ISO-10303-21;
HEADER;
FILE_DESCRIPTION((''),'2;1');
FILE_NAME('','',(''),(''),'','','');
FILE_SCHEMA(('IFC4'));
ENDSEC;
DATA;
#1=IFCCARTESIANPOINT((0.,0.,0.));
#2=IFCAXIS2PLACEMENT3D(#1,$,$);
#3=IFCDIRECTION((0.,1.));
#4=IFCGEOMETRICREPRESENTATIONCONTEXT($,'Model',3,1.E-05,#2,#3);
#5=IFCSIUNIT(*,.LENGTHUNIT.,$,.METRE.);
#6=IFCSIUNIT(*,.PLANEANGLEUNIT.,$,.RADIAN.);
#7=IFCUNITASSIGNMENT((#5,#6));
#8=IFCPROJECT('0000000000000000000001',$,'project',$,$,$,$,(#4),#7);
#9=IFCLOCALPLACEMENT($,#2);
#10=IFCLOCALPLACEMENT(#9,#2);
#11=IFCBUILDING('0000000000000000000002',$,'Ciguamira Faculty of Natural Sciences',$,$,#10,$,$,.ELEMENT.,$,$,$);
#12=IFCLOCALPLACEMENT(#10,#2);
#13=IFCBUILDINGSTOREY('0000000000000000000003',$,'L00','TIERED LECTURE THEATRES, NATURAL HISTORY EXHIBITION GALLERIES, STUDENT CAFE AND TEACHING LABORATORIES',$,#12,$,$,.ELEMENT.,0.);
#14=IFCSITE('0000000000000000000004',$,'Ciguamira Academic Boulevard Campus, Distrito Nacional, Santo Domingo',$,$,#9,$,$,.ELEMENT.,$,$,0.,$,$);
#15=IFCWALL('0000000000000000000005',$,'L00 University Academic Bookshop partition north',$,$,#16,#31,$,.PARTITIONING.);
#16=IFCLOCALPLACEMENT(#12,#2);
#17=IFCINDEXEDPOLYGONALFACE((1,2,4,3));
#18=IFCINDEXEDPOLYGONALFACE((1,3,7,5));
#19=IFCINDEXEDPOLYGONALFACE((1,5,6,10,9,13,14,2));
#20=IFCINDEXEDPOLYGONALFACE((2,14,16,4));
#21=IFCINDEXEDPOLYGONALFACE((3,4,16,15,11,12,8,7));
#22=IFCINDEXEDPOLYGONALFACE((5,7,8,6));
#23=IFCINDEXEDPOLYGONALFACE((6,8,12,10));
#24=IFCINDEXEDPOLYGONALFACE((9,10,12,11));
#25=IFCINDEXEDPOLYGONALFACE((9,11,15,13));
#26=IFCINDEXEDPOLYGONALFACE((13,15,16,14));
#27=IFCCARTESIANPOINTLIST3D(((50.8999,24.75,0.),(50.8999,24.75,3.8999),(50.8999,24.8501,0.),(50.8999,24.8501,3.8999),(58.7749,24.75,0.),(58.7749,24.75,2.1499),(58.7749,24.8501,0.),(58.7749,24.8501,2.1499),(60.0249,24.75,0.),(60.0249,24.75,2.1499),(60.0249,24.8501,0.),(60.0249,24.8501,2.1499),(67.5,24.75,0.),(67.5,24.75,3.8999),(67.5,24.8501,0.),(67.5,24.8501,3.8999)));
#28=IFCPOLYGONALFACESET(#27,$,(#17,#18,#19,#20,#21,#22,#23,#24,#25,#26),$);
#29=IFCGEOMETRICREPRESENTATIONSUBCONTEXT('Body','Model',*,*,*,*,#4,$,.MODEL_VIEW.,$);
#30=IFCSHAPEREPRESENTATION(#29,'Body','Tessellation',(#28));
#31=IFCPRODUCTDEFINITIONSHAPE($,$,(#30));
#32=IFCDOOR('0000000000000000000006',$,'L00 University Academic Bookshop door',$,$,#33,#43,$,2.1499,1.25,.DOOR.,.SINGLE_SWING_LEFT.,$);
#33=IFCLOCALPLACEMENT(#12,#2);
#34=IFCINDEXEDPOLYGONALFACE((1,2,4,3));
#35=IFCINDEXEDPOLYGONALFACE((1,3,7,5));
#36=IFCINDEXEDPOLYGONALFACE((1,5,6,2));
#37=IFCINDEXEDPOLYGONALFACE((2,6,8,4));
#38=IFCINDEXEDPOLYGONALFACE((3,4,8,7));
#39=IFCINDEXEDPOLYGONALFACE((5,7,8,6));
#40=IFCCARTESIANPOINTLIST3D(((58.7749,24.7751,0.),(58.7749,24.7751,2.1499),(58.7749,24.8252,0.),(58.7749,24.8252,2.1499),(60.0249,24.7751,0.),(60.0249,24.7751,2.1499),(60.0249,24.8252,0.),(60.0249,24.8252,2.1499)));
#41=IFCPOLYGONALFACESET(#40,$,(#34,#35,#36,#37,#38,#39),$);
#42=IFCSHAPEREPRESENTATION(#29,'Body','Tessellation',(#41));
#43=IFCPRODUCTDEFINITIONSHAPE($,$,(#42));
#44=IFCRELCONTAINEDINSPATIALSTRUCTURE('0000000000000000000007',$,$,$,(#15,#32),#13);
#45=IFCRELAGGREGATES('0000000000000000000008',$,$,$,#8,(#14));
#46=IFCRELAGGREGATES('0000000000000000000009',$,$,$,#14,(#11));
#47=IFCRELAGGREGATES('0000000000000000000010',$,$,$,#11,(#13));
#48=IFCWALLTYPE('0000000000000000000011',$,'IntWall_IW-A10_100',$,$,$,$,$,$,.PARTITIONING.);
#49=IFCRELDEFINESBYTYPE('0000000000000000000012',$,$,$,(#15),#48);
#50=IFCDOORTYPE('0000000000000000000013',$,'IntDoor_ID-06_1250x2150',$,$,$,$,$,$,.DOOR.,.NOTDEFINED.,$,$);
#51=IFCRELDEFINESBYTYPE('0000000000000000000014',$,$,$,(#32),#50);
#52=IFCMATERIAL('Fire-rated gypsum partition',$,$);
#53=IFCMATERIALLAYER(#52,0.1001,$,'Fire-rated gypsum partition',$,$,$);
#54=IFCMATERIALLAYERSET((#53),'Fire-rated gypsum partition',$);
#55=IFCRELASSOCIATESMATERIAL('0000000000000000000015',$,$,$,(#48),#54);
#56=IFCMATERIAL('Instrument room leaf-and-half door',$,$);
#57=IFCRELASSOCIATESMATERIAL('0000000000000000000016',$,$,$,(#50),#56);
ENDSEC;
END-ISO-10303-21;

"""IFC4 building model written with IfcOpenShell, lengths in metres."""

from ifc_helpers import new_model, si_unit, direction, frame, frame_2d, origin, place, context, subcontext, project, spatial, rectangle, extrude, material, layer, layer_set, type_object, element, fill, save


model = new_model("IFC4")

# Units and contexts
model_context = context("Model", 3, precision=1e-05, world=origin(), true_north=direction((0.0, 1.0)))
body_context = subcontext(model_context, "Body", "Model", "MODEL_VIEW")
ifc_project = project(units=[si_unit("LENGTHUNIT", "METRE"), si_unit("PLANEANGLEUNIT", "RADIAN")], contexts=[model_context])

# Site, building, storey
site_placement = place(None, origin())
site = spatial("IfcSite", under=ifc_project, at=site_placement, Name="Ciguamira Academic Boulevard Campus, Distrito Nacional, Santo Domingo", CompositionType="ELEMENT", RefElevation=0.0)
building_placement = place(site_placement, origin())
building = spatial("IfcBuilding", under=site, at=building_placement, Name="Ciguamira Faculty of Natural Sciences", CompositionType="ELEMENT")
storey_placement = place(building_placement, origin())
storey = spatial("IfcBuildingStorey", under=building, at=storey_placement, Name="L00", Description="TIERED LECTURE THEATRES, NATURAL HISTORY EXHIBITION GALLERIES, STUDENT CAFE AND TEACHING LABORATORIES", CompositionType="ELEMENT", Elevation=0.0)

# Wall, opening, door
ifc_material_1 = material(Name="Fire-rated gypsum partition")
ifc_layer_1 = layer(ifc_material_1, 0.1001, Name="Fire-rated gypsum partition")
ifc_layer_set_1 = layer_set([ifc_layer_1], Name="Fire-rated gypsum partition")
wall_type = type_object("IfcWallType", Name="IntWall_IW-A10_100", PredefinedType="PARTITIONING", material=ifc_layer_set_1)
wall_placement = place(storey_placement, frame((50.8999, 24.8, 0.0), z_axis=(0.0, 0.0, 1.0), x_axis=(1.0, 0.0, 0.0)))
wall = element("IfcWall", 1, at=wall_placement, inside=storey, type_object=wall_type, Name="L00 University Academic Bookshop partition north", PredefinedType="PARTITIONING", context=body_context, shape_type="SweptSolid", body=[
    extrude(rectangle(XDim=16.6001, YDim=0.1001, at=frame_2d((8.3, 0.0))), origin(), (0.0, 0.0, 1.0), 3.8999),
])
opening_placement = place(wall_placement, frame((7.875, 0.0, 0.0)))
opening = element("IfcOpeningElement", 2, at=opening_placement, cuts=wall, PredefinedType="OPENING", context=body_context, shape_type="SweptSolid", body=[
    extrude(rectangle(XDim=1.25, YDim=2.1499, at=frame_2d((0.625, 1.075))), frame((0.0, 0.0601, 0.0), z_axis=(0.0, -1.0, 0.0), x_axis=(1.0, 0.0, 0.0)), (0.0, 0.0, 1.0), 0.1201),
])
ifc_material_2 = material(Name="Instrument room leaf-and-half door")
door_type = type_object("IfcDoorType", Name="IntDoor_ID-06_1250x2150", OperationType="NOTDEFINED", PredefinedType="DOOR", material=ifc_material_2)
door_placement = place(opening_placement, frame((1.25, 0.0, 0.0), z_axis=(0.0, 0.0, 1.0), x_axis=(-1.0, 0.0, 0.0)))
door = element("IfcDoor", 3, at=door_placement, inside=storey, type_object=door_type, Name="L00 University Academic Bookshop door", OperationType="SINGLE_SWING_LEFT", OverallHeight=2.1499, OverallWidth=1.25, PredefinedType="DOOR", context=body_context, shape_type="SweptSolid", body=[
    extrude(rectangle(XDim=1.25, YDim=2.1499, at=frame_2d((0.625, 1.075))), frame((0.0, 0.0249, 0.0), z_axis=(0.0, -1.0, 0.0), x_axis=(1.0, 0.0, 0.0)), (0.0, 0.0, 1.0), 0.05),
])
fill(opening, door)

save(model, "model.ifc")
